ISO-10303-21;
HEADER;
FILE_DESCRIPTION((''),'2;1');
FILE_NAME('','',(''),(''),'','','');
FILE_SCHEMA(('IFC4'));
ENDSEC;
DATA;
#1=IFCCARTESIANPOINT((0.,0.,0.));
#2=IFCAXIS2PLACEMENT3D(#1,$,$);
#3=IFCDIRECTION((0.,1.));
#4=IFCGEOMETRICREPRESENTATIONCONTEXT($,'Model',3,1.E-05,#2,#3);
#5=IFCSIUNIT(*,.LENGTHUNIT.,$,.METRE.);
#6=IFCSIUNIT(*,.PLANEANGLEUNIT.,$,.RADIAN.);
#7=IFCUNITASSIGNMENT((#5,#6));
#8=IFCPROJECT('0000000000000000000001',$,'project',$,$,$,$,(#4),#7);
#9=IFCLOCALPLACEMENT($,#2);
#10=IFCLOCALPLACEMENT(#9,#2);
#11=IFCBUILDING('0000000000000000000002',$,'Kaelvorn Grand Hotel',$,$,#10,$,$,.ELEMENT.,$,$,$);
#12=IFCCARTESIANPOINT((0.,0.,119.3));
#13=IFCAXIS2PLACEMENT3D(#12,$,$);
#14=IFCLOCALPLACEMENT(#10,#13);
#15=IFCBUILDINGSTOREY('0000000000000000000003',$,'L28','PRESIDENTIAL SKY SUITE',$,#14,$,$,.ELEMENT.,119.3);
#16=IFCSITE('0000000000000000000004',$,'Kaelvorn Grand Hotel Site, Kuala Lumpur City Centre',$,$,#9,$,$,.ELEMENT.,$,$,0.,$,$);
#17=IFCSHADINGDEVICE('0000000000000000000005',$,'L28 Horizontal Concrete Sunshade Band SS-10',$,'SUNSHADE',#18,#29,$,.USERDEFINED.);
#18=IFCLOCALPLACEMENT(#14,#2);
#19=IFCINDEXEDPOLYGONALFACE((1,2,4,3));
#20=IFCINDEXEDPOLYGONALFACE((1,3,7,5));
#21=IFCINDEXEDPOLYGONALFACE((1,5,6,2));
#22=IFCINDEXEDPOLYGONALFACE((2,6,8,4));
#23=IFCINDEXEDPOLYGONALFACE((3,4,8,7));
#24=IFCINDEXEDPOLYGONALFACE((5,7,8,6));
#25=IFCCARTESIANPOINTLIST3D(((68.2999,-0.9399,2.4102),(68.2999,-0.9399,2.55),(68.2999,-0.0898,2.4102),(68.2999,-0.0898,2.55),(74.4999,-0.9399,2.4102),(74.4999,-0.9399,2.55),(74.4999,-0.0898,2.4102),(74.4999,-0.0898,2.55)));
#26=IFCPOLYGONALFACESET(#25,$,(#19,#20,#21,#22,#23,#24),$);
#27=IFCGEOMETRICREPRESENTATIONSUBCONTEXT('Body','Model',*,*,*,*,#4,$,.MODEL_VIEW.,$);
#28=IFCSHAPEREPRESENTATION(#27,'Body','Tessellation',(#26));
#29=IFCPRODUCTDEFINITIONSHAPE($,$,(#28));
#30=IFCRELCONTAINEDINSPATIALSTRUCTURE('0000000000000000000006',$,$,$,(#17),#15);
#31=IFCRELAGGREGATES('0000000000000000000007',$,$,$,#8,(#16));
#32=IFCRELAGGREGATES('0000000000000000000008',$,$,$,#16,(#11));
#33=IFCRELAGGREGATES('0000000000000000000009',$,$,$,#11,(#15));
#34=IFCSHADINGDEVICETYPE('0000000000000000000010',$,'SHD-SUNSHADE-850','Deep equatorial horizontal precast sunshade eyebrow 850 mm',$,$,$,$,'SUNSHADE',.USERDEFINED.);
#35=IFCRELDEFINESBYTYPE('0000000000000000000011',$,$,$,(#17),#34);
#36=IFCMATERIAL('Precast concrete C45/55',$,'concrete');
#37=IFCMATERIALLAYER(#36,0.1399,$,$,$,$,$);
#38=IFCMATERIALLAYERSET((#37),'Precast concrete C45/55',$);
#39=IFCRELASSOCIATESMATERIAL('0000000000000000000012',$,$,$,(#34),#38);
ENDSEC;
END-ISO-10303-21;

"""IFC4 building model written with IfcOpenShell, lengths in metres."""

from ifc_helpers import new_model, si_unit, direction, frame, origin, origin_2d, place, context, subcontext, project, spatial, rectangle, extrude, material, layer, layer_set, type_object, element, save


model = new_model("IFC4")

# Units and contexts
model_context = context("Model", 3, precision=1e-05, world=origin(), true_north=direction((0.0, 1.0)))
body_context = subcontext(model_context, "Body", "Model", "MODEL_VIEW")
ifc_project = project(units=[si_unit("LENGTHUNIT", "METRE"), si_unit("PLANEANGLEUNIT", "RADIAN")], contexts=[model_context])

# Site, building, storey
site_placement = place(None, origin())
site = spatial("IfcSite", under=ifc_project, at=site_placement, Name="Kaelvorn Grand Hotel Site, Kuala Lumpur City Centre", CompositionType="ELEMENT", RefElevation=0.0)
building_placement = place(site_placement, origin())
building = spatial("IfcBuilding", under=site, at=building_placement, Name="Kaelvorn Grand Hotel", CompositionType="ELEMENT")
storey_placement = place(building_placement, frame((0.0, 0.0, 119.3)))
storey = spatial("IfcBuildingStorey", under=building, at=storey_placement, Name="L28", Description="PRESIDENTIAL SKY SUITE", CompositionType="ELEMENT", Elevation=119.3)

# Shared definitions
ifc_material_1 = material(Name="Precast concrete C45/55", Category="concrete")

# Shading device
ifc_layer_1 = layer(ifc_material_1, 0.1399)
ifc_layer_set_1 = layer_set([ifc_layer_1], Name="Precast concrete C45/55")
shading_device_type = type_object("IfcShadingDeviceType", Name="SHD-SUNSHADE-850", Description="Deep equatorial horizontal precast sunshade eyebrow 850 mm", ElementType="SUNSHADE", PredefinedType="USERDEFINED", material=ifc_layer_set_1)
shading_device_placement = place(storey_placement, frame((71.3999, -0.5149, 2.4102), z_axis=(0.0, 0.0, 1.0), x_axis=(1.0, 0.0, 0.0)))
element("IfcShadingDevice", 1, at=shading_device_placement, inside=storey, type_object=shading_device_type, Name="L28 Horizontal Concrete Sunshade Band SS-10", ObjectType="SUNSHADE", PredefinedType="USERDEFINED", context=body_context, shape_type="SweptSolid", body=[
    extrude(rectangle(XDim=6.2, YDim=0.8501, at=origin_2d()), origin(), (0.0, 0.0, 1.0), 0.1399),
])

save(model, "model.ifc")
